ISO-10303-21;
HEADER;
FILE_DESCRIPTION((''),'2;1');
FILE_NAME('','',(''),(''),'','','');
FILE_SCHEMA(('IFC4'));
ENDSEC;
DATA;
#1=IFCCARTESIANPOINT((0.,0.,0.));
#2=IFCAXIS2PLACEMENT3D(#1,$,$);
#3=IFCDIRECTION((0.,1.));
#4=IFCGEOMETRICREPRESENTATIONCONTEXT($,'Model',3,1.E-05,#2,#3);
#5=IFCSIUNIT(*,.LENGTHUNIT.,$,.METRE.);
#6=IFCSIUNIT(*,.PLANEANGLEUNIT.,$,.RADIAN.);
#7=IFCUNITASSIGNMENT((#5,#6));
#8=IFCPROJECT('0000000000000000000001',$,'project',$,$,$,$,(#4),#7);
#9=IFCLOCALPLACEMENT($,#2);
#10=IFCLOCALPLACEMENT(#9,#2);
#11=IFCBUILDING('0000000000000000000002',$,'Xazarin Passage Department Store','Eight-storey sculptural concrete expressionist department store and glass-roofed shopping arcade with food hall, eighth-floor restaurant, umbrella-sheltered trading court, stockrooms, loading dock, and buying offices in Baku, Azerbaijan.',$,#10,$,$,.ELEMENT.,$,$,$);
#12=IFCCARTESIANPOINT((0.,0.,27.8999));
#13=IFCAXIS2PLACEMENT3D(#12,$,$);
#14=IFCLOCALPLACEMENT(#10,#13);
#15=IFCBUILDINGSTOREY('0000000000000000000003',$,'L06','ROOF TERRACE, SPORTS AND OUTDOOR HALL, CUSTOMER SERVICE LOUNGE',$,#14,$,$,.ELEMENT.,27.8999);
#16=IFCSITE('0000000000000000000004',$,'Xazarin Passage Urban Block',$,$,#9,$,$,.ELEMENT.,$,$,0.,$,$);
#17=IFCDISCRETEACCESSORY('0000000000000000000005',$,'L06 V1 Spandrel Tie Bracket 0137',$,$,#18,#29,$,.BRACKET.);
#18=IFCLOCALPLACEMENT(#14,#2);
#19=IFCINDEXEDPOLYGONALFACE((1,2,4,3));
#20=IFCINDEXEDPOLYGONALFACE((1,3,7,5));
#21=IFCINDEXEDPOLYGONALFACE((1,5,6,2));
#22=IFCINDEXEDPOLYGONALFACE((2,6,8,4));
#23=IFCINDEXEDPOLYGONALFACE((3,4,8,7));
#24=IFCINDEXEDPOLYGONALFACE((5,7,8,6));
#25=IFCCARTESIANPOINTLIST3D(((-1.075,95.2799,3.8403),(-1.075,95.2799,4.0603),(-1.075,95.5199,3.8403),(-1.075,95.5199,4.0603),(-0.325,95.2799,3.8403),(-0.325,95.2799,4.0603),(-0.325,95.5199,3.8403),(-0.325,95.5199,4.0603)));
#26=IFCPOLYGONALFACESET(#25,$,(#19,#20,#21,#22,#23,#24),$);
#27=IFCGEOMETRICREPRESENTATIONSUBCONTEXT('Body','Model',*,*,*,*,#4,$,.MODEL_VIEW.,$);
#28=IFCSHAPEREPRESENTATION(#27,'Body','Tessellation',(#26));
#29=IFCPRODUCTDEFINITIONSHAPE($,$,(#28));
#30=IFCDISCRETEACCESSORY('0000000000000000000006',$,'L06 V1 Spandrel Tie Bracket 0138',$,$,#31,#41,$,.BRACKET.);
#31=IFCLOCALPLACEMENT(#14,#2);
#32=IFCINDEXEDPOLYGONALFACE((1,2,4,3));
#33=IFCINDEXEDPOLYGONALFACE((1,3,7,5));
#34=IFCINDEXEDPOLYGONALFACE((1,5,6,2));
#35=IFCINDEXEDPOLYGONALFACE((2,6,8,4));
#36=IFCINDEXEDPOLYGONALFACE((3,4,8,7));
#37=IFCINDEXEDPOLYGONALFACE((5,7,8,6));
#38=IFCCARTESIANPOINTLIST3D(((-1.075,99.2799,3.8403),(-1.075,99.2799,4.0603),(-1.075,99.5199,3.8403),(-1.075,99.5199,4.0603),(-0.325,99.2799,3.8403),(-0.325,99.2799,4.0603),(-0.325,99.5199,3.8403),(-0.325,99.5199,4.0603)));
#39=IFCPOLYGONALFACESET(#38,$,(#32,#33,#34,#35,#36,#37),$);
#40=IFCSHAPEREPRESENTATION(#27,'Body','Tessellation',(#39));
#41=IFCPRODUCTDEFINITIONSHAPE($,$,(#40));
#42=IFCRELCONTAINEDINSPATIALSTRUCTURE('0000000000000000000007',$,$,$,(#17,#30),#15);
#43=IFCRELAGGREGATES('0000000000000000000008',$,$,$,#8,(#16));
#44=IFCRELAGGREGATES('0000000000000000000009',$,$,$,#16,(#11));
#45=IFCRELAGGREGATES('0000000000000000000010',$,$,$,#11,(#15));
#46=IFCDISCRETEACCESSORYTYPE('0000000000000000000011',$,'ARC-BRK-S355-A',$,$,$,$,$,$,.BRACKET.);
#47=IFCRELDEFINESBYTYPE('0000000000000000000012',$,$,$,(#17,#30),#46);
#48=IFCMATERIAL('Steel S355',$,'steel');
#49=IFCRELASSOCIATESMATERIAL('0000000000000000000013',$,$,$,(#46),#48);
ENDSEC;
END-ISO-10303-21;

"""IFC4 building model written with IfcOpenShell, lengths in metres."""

from ifc_helpers import new_model, si_unit, direction, frame, origin, origin_2d, place, context, subcontext, project, spatial, rectangle, extrude, material, type_object, element, save


model = new_model("IFC4")

# Units and contexts
model_context = context("Model", 3, precision=1e-05, world=origin(), true_north=direction((0.0, 1.0)))
body_context = subcontext(model_context, "Body", "Model", "MODEL_VIEW")
ifc_project = project(units=[si_unit("LENGTHUNIT", "METRE"), si_unit("PLANEANGLEUNIT", "RADIAN")], contexts=[model_context])

# Site, building, storey
site_placement = place(None, origin())
site = spatial("IfcSite", under=ifc_project, at=site_placement, Name="Xazarin Passage Urban Block", CompositionType="ELEMENT", RefElevation=0.0)
building_placement = place(site_placement, origin())
building = spatial("IfcBuilding", under=site, at=building_placement, Name="Xazarin Passage Department Store", Description="Eight-storey sculptural concrete expressionist department store and glass-roofed shopping arcade with food hall, eighth-floor restaurant, umbrella-sheltered trading court, stockrooms, loading dock, and buying offices in Baku, Azerbaijan.", CompositionType="ELEMENT")
storey_placement = place(building_placement, frame((0.0, 0.0, 27.8999)))
storey = spatial("IfcBuildingStorey", under=building, at=storey_placement, Name="L06", Description="ROOF TERRACE, SPORTS AND OUTDOOR HALL, CUSTOMER SERVICE LOUNGE", CompositionType="ELEMENT", Elevation=27.8999)

# Discrete accessories
ifc_material_1 = material(Name="Steel S355", Category="steel")
discrete_accessory_type = type_object("IfcDiscreteAccessoryType", Name="ARC-BRK-S355-A", PredefinedType="BRACKET", material=ifc_material_1)
for number, where, z_axis, x_axis, name in (
    (1, (-0.7, 95.3999, 3.8403), (0.0, 0.0, 1.0), (0.0, 1.0, 0.0), "L06 V1 Spandrel Tie Bracket 0137"),
    (2, (-0.7, 99.3999, 3.8403), (0.0, 0.0, 1.0), (0.0, 1.0, 0.0), "L06 V1 Spandrel Tie Bracket 0138"),
):
    element("IfcDiscreteAccessory", number, at=place(storey_placement, frame(where, z_axis=z_axis, x_axis=x_axis)), inside=storey, type_object=discrete_accessory_type, Name=name, PredefinedType="BRACKET", context=body_context, shape_type="SweptSolid", body=[
        extrude(rectangle(XDim=0.24, YDim=0.75, at=origin_2d()), origin(), (0.0, 0.0, 1.0), 0.22),
    ])

save(model, "model.ifc")
